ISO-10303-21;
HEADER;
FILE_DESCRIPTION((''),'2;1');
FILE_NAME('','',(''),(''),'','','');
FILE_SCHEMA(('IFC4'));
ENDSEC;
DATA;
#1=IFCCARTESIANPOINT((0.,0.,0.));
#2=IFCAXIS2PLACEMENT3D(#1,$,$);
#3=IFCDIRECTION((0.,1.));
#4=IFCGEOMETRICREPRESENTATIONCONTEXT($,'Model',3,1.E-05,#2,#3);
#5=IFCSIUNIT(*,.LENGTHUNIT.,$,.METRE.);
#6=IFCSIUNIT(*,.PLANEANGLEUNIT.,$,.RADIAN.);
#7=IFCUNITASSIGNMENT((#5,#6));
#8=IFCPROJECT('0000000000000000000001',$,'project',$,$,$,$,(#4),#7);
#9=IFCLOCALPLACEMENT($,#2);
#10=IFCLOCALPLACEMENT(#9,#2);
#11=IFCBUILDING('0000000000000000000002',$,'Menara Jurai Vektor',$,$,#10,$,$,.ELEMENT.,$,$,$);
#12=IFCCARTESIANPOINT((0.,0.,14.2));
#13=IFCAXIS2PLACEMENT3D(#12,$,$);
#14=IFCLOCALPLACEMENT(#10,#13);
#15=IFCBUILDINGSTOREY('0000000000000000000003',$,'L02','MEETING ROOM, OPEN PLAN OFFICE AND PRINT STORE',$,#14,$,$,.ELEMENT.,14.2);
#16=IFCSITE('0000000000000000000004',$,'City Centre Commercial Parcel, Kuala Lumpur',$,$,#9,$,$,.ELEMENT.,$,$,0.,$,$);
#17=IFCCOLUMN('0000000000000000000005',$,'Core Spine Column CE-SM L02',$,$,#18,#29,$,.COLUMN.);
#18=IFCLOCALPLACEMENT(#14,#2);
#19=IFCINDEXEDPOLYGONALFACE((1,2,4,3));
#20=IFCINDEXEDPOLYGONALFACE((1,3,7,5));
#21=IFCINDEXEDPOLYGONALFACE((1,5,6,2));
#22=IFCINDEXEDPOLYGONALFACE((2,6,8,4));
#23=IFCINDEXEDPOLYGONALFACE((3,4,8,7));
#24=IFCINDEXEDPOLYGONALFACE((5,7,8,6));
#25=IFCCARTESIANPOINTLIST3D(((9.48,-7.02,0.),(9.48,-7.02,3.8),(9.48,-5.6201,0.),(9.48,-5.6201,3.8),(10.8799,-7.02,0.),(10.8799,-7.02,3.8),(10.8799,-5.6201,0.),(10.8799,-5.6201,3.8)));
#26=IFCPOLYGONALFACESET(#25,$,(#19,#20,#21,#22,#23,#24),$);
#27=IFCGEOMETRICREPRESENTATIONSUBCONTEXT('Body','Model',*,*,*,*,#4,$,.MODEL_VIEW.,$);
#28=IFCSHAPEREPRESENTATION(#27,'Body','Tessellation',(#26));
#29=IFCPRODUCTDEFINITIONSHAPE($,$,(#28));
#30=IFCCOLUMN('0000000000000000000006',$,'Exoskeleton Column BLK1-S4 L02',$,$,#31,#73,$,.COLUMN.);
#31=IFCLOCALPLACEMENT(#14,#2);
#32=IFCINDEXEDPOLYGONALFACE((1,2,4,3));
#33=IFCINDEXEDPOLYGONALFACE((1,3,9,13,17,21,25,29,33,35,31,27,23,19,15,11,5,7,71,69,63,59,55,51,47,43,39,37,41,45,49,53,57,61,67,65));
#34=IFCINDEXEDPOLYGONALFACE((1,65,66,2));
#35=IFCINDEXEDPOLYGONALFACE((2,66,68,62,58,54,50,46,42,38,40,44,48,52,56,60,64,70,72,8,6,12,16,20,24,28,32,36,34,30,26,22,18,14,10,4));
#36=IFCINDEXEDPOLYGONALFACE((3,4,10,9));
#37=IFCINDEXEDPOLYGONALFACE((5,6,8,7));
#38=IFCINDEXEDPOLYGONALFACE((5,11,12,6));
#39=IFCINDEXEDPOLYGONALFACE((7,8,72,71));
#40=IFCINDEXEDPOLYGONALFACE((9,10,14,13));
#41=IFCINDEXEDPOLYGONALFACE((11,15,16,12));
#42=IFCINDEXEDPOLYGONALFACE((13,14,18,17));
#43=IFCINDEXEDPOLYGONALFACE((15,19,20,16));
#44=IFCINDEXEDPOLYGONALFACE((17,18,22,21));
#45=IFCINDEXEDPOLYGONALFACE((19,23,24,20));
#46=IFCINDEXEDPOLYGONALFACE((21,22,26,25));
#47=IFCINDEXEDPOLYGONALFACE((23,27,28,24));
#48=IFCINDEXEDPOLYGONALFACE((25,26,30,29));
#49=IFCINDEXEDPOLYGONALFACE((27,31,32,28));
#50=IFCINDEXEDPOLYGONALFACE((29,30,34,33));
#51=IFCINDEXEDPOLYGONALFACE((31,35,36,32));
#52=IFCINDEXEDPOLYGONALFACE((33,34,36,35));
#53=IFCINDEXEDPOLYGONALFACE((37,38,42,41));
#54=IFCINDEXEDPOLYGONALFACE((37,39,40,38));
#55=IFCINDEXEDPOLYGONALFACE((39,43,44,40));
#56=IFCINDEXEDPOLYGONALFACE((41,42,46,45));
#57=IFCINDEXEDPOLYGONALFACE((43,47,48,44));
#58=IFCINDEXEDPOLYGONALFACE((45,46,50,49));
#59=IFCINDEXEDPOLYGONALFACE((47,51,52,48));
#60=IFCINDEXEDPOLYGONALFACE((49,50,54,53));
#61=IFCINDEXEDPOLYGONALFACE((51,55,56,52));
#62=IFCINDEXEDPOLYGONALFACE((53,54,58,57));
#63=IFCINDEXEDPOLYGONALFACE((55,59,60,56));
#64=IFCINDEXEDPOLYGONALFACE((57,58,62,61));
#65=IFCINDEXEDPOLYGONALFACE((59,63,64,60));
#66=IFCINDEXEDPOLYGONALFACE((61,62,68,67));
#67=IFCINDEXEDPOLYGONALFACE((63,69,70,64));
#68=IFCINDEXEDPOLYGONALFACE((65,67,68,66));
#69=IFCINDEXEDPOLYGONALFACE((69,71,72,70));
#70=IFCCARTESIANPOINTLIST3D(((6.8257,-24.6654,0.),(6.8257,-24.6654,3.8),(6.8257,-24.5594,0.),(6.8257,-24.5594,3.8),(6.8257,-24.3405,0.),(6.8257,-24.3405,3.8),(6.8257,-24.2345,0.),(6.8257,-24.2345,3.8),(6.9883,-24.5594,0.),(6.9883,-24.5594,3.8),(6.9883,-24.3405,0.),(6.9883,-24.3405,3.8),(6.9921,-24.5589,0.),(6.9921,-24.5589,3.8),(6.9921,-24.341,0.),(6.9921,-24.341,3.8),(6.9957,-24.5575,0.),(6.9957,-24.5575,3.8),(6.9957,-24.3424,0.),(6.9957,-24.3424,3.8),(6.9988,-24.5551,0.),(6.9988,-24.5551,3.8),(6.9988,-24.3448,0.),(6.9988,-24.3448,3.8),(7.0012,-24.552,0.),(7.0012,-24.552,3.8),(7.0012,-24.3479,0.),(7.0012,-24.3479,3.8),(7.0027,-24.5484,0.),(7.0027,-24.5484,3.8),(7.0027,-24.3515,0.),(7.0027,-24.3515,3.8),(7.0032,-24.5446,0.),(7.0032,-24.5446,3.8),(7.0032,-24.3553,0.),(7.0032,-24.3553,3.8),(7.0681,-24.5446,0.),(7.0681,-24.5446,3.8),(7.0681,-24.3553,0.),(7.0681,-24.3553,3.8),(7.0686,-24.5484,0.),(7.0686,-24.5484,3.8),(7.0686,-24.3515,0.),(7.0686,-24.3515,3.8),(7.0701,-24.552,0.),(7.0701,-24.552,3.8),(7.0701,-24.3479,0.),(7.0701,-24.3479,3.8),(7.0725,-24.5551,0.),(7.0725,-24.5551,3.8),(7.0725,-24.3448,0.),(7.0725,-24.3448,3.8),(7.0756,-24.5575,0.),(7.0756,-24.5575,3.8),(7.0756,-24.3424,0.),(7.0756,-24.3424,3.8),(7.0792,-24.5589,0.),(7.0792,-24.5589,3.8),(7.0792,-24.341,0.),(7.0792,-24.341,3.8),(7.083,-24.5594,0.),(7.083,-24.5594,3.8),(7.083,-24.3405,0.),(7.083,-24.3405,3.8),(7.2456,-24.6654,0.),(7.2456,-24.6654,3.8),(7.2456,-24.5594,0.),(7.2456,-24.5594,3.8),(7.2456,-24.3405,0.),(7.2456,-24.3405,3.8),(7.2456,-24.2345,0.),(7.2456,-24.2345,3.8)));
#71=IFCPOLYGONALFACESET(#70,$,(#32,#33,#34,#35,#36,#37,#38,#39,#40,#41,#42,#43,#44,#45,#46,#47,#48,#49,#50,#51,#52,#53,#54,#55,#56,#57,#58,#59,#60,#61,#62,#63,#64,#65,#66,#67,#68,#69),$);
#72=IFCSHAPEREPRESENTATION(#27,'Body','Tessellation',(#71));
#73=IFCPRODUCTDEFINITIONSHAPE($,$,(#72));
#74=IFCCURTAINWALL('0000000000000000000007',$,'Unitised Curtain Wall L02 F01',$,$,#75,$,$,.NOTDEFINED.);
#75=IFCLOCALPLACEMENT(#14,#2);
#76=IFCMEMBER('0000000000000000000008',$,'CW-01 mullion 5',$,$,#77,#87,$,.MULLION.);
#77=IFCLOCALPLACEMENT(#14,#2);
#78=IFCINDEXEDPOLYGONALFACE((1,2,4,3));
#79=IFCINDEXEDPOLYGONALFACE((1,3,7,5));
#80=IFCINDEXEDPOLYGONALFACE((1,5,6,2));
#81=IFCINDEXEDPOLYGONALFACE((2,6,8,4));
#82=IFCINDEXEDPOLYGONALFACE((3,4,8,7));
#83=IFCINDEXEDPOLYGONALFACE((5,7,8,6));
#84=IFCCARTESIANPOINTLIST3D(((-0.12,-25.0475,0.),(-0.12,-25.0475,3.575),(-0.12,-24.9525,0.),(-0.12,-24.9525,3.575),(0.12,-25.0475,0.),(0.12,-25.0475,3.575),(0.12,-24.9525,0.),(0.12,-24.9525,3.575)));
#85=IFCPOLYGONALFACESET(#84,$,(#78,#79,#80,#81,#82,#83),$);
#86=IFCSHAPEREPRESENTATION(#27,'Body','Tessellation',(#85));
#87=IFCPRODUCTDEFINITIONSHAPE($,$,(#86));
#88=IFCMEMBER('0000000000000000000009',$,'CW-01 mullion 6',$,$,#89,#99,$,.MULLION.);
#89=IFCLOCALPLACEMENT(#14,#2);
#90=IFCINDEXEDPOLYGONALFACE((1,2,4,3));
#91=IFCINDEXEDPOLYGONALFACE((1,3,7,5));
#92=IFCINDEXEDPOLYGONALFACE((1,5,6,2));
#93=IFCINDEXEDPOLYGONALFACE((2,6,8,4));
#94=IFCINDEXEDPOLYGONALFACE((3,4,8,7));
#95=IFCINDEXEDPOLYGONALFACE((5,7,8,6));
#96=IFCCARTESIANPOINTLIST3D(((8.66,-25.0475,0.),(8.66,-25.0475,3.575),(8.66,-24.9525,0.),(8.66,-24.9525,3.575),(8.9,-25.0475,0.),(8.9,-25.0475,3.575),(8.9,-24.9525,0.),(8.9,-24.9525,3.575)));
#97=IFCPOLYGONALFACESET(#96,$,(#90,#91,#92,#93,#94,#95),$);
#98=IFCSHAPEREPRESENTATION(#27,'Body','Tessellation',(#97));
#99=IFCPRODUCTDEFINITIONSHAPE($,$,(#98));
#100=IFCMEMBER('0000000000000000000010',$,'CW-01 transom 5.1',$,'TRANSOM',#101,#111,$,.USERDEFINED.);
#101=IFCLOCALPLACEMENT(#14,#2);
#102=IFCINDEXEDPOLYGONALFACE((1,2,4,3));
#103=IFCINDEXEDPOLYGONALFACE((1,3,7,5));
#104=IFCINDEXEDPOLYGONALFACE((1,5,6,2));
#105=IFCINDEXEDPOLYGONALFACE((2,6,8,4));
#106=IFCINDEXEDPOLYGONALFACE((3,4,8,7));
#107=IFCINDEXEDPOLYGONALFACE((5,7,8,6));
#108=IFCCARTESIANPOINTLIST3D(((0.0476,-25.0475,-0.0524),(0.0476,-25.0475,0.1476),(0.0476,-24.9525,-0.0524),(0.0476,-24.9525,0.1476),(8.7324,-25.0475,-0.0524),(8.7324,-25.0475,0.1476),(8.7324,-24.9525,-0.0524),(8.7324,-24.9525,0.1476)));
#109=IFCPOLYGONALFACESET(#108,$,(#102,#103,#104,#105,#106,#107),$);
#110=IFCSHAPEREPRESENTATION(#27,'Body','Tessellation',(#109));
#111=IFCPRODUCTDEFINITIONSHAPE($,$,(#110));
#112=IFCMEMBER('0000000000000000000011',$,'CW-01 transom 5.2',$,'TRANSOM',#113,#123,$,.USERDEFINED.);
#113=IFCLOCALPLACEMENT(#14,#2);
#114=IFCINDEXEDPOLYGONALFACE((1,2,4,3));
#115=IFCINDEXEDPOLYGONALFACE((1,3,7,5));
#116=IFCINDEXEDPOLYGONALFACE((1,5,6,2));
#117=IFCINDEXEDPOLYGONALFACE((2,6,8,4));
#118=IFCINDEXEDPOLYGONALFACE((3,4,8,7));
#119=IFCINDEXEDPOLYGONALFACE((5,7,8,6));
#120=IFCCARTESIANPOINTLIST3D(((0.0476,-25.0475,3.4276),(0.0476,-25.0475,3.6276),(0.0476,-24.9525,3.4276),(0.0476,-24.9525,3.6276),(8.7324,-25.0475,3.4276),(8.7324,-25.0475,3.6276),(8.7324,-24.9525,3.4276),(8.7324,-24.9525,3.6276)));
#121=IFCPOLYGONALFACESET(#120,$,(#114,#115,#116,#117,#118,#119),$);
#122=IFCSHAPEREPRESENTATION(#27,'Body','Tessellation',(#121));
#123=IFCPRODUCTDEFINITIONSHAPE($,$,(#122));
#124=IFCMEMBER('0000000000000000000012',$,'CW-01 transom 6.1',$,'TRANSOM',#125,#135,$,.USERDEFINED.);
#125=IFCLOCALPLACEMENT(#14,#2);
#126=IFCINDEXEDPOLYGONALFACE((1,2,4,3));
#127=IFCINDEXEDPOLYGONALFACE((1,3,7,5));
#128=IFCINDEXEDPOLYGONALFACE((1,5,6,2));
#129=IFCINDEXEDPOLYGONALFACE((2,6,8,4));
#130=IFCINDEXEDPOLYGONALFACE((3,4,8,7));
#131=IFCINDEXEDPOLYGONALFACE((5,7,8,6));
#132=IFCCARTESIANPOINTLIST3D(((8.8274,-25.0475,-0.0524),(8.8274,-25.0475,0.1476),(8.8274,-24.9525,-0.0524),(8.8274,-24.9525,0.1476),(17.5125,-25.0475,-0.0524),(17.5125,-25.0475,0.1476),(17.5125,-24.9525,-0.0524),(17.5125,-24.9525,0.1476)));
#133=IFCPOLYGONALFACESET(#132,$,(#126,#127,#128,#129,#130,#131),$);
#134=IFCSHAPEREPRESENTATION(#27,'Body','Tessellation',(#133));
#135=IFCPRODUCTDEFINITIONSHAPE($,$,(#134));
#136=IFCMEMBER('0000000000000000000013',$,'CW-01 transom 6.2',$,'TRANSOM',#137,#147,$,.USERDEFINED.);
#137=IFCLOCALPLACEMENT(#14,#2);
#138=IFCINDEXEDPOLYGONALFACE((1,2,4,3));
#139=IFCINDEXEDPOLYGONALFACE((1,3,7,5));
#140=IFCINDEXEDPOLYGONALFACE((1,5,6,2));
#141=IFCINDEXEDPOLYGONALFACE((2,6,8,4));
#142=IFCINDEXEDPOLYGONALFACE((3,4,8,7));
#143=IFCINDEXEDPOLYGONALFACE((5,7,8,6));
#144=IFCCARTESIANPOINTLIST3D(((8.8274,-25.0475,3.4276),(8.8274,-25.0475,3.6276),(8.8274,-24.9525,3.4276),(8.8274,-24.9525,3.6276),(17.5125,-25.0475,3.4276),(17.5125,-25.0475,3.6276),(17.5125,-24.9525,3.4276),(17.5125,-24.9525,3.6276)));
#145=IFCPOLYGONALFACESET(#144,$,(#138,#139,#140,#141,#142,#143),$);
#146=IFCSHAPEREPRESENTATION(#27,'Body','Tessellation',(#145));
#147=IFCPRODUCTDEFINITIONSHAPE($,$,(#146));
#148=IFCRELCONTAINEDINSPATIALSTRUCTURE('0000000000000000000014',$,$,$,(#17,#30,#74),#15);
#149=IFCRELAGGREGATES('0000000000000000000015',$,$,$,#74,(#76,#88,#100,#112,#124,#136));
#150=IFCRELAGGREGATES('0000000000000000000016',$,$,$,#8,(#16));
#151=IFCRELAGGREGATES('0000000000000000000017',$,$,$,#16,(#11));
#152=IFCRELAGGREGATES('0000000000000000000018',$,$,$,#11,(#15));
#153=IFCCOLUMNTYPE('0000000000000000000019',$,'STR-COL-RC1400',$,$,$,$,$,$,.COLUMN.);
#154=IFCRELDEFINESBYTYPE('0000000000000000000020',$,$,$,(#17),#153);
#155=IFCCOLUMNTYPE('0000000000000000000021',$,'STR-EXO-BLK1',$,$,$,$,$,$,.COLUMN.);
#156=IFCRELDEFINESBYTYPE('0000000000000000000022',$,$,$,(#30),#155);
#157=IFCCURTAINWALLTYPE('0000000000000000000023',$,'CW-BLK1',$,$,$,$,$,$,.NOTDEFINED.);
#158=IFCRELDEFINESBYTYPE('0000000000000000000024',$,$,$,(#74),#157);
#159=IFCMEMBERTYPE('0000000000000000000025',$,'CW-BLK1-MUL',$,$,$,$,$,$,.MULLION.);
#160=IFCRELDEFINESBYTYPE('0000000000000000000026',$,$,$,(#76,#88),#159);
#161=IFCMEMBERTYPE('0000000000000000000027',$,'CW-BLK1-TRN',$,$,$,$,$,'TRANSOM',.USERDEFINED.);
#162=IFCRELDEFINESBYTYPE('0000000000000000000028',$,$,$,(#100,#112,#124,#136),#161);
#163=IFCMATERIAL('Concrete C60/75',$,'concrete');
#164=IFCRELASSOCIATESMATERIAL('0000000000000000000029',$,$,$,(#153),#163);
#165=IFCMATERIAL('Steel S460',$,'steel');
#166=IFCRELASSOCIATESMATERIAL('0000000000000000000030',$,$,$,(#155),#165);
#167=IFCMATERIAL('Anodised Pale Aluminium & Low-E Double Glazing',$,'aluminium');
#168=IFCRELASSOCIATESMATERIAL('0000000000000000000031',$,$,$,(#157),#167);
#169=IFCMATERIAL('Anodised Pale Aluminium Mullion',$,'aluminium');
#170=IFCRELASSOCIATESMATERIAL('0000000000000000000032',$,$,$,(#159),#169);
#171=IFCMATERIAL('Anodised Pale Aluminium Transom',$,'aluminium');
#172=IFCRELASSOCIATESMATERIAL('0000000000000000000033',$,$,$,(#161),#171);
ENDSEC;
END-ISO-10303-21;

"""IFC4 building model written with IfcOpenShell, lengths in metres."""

from ifc_helpers import new_model, si_unit, direction, frame, origin, origin_2d, place, context, subcontext, project, spatial, rectangle, i_section, extrude, material, material_profile, profile_set, type_object, element, aggregate, save


model = new_model("IFC4")

# Units and contexts
model_context = context("Model", 3, precision=1e-05, world=origin(), true_north=direction((0.0, 1.0)))
body_context = subcontext(model_context, "Body", "Model", "MODEL_VIEW")
ifc_project = project(units=[si_unit("LENGTHUNIT", "METRE"), si_unit("PLANEANGLEUNIT", "RADIAN")], contexts=[model_context])

# Site, building, storey
site_placement = place(None, origin())
site = spatial("IfcSite", under=ifc_project, at=site_placement, Name="City Centre Commercial Parcel, Kuala Lumpur", CompositionType="ELEMENT", RefElevation=0.0)
building_placement = place(site_placement, origin())
building = spatial("IfcBuilding", under=site, at=building_placement, Name="Menara Jurai Vektor", CompositionType="ELEMENT")
storey_placement = place(building_placement, frame((0.0, 0.0, 14.2)))
storey = spatial("IfcBuildingStorey", under=building, at=storey_placement, Name="L02", Description="MEETING ROOM, OPEN PLAN OFFICE AND PRINT STORE", CompositionType="ELEMENT", Elevation=14.2)

# Columns
ifc_material_1 = material(Name="Concrete C60/75", Category="concrete")
ifc_material_profile_1 = material_profile(ifc_material_1, rectangle(XDim=1.3999, YDim=1.3999, at=origin_2d()), Name="RC 1400x1400")
ifc_profile_set_1 = profile_set([ifc_material_profile_1], Name="Concrete C60/75")
column_type_1 = type_object("IfcColumnType", Name="STR-COL-RC1400", PredefinedType="COLUMN", material=ifc_profile_set_1)
column_1_placement = place(storey_placement, frame((10.1799, -6.3201, 0.0), z_axis=(0.0, 0.0, 1.0), x_axis=(1.0, 0.0, 0.0)))
element("IfcColumn", 1, at=column_1_placement, inside=storey, type_object=column_type_1, Name="Core Spine Column CE-SM L02", PredefinedType="COLUMN", context=body_context, shape_type="SweptSolid", body=[
    extrude(rectangle(XDim=1.3999, YDim=1.3999, at=origin_2d()), origin(), (0.0, 0.0, 1.0), 3.8),
])
ifc_material_2 = material(Name="Steel S460", Category="steel")
ifc_material_profile_2 = material_profile(ifc_material_2, i_section(OverallWidth=0.4199, OverallDepth=0.4309, WebThickness=0.0649, FlangeThickness=0.106, FilletRadius=0.0149, at=origin_2d()), Name="HD 400x900")
ifc_profile_set_2 = profile_set([ifc_material_profile_2], Name="Steel S460")
column_type_2 = type_object("IfcColumnType", Name="STR-EXO-BLK1", PredefinedType="COLUMN", material=ifc_profile_set_2)
column_2_placement = place(storey_placement, frame((7.0356, -24.45, 0.0), z_axis=(0.0, 0.0, 1.0), x_axis=(1.0, 0.0, 0.0)))
element("IfcColumn", 2, at=column_2_placement, inside=storey, type_object=column_type_2, Name="Exoskeleton Column BLK1-S4 L02", PredefinedType="COLUMN", context=body_context, shape_type="SweptSolid", body=[
    extrude(i_section(OverallWidth=0.4199, OverallDepth=0.4309, WebThickness=0.0649, FlangeThickness=0.106, FilletRadius=0.0149, at=origin_2d()), origin(), (0.0, 0.0, 1.0), 3.8),
])

# Curtain wall, members
ifc_material_3 = material(Name="Anodised Pale Aluminium & Low-E Double Glazing", Category="aluminium")
curtain_wall_type = type_object("IfcCurtainWallType", Name="CW-BLK1", PredefinedType="NOTDEFINED", material=ifc_material_3)
curtain_wall_placement = place(storey_placement, origin())
curtain_wall = element("IfcCurtainWall", 3, at=curtain_wall_placement, inside=storey, type_object=curtain_wall_type, Name="Unitised Curtain Wall L02 F01", PredefinedType="NOTDEFINED")
ifc_material_4 = material(Name="Anodised Pale Aluminium Mullion", Category="aluminium")
ifc_material_profile_3 = material_profile(ifc_material_4, rectangle(XDim=0.095, YDim=0.24, at=origin_2d()), Name="ALU MUL 95x240")
ifc_profile_set_3 = profile_set([ifc_material_profile_3], Name="Anodised Pale Aluminium Mullion")
member_type_1 = type_object("IfcMemberType", Name="CW-BLK1-MUL", PredefinedType="MULLION", material=ifc_profile_set_3)
member_1_placement = place(storey_placement, frame((0.0, -25.0, 0.0), z_axis=(0.0, 0.0, 1.0), x_axis=(0.0, 1.0, 0.0)))
member_1 = element("IfcMember", 4, at=member_1_placement, type_object=member_type_1, Name="CW-01 mullion 5", PredefinedType="MULLION", context=body_context, shape_type="SweptSolid", body=[
    extrude(rectangle(XDim=0.095, YDim=0.24, at=origin_2d()), origin(), (0.0, 0.0, 1.0), 3.575),
])
member_2_placement = place(storey_placement, frame((8.78, -25.0, 0.0), z_axis=(0.0, 0.0, 1.0), x_axis=(0.0, 1.0, 0.0)))
member_2 = element("IfcMember", 5, at=member_2_placement, type_object=member_type_1, Name="CW-01 mullion 6", PredefinedType="MULLION", context=body_context, shape_type="SweptSolid", body=[
    extrude(rectangle(XDim=0.095, YDim=0.24, at=origin_2d()), origin(), (0.0, 0.0, 1.0), 3.575),
])
ifc_material_5 = material(Name="Anodised Pale Aluminium Transom", Category="aluminium")
ifc_material_profile_4 = material_profile(ifc_material_5, rectangle(XDim=0.095, YDim=0.2, at=origin_2d()), Name="ALU TRN 95x200")
ifc_profile_set_4 = profile_set([ifc_material_profile_4], Name="Anodised Pale Aluminium Transom")
member_type_2 = type_object("IfcMemberType", Name="CW-BLK1-TRN", ElementType="TRANSOM", PredefinedType="USERDEFINED", material=ifc_profile_set_4)
member_3_placement = place(storey_placement, frame((0.0476, -25.0, 0.0476), z_axis=(1.0, 0.0, 0.0), x_axis=(0.0, 1.0, 0.0)))
member_3 = element("IfcMember", 6, at=member_3_placement, type_object=member_type_2, Name="CW-01 transom 5.1", ObjectType="TRANSOM", PredefinedType="USERDEFINED", context=body_context, shape_type="SweptSolid", body=[
    extrude(rectangle(XDim=0.095, YDim=0.2, at=origin_2d()), origin(), (0.0, 0.0, 1.0), 8.6848),
])
member_4_placement = place(storey_placement, frame((0.0476, -25.0, 3.5276), z_axis=(1.0, 0.0, 0.0), x_axis=(0.0, 1.0, 0.0)))
member_4 = element("IfcMember", 7, at=member_4_placement, type_object=member_type_2, Name="CW-01 transom 5.2", ObjectType="TRANSOM", PredefinedType="USERDEFINED", context=body_context, shape_type="SweptSolid", body=[
    extrude(rectangle(XDim=0.095, YDim=0.2, at=origin_2d()), origin(), (0.0, 0.0, 1.0), 8.6848),
])
member_5_placement = place(storey_placement, frame((8.8274, -25.0, 0.0476), z_axis=(1.0, 0.0, 0.0), x_axis=(0.0, 1.0, 0.0)))
member_5 = element("IfcMember", 8, at=member_5_placement, type_object=member_type_2, Name="CW-01 transom 6.1", ObjectType="TRANSOM", PredefinedType="USERDEFINED", context=body_context, shape_type="SweptSolid", body=[
    extrude(rectangle(XDim=0.095, YDim=0.2, at=origin_2d()), origin(), (0.0, 0.0, 1.0), 8.6851),
])
member_6_placement = place(storey_placement, frame((8.8274, -25.0, 3.5276), z_axis=(1.0, 0.0, 0.0), x_axis=(0.0, 1.0, 0.0)))
member_6 = element("IfcMember", 9, at=member_6_placement, type_object=member_type_2, Name="CW-01 transom 6.2", ObjectType="TRANSOM", PredefinedType="USERDEFINED", context=body_context, shape_type="SweptSolid", body=[
    extrude(rectangle(XDim=0.095, YDim=0.2, at=origin_2d()), origin(), (0.0, 0.0, 1.0), 8.6851),
])

aggregate(curtain_wall, [member_1, member_2, member_3, member_4, member_5, member_6])

save(model, "model.ifc")
